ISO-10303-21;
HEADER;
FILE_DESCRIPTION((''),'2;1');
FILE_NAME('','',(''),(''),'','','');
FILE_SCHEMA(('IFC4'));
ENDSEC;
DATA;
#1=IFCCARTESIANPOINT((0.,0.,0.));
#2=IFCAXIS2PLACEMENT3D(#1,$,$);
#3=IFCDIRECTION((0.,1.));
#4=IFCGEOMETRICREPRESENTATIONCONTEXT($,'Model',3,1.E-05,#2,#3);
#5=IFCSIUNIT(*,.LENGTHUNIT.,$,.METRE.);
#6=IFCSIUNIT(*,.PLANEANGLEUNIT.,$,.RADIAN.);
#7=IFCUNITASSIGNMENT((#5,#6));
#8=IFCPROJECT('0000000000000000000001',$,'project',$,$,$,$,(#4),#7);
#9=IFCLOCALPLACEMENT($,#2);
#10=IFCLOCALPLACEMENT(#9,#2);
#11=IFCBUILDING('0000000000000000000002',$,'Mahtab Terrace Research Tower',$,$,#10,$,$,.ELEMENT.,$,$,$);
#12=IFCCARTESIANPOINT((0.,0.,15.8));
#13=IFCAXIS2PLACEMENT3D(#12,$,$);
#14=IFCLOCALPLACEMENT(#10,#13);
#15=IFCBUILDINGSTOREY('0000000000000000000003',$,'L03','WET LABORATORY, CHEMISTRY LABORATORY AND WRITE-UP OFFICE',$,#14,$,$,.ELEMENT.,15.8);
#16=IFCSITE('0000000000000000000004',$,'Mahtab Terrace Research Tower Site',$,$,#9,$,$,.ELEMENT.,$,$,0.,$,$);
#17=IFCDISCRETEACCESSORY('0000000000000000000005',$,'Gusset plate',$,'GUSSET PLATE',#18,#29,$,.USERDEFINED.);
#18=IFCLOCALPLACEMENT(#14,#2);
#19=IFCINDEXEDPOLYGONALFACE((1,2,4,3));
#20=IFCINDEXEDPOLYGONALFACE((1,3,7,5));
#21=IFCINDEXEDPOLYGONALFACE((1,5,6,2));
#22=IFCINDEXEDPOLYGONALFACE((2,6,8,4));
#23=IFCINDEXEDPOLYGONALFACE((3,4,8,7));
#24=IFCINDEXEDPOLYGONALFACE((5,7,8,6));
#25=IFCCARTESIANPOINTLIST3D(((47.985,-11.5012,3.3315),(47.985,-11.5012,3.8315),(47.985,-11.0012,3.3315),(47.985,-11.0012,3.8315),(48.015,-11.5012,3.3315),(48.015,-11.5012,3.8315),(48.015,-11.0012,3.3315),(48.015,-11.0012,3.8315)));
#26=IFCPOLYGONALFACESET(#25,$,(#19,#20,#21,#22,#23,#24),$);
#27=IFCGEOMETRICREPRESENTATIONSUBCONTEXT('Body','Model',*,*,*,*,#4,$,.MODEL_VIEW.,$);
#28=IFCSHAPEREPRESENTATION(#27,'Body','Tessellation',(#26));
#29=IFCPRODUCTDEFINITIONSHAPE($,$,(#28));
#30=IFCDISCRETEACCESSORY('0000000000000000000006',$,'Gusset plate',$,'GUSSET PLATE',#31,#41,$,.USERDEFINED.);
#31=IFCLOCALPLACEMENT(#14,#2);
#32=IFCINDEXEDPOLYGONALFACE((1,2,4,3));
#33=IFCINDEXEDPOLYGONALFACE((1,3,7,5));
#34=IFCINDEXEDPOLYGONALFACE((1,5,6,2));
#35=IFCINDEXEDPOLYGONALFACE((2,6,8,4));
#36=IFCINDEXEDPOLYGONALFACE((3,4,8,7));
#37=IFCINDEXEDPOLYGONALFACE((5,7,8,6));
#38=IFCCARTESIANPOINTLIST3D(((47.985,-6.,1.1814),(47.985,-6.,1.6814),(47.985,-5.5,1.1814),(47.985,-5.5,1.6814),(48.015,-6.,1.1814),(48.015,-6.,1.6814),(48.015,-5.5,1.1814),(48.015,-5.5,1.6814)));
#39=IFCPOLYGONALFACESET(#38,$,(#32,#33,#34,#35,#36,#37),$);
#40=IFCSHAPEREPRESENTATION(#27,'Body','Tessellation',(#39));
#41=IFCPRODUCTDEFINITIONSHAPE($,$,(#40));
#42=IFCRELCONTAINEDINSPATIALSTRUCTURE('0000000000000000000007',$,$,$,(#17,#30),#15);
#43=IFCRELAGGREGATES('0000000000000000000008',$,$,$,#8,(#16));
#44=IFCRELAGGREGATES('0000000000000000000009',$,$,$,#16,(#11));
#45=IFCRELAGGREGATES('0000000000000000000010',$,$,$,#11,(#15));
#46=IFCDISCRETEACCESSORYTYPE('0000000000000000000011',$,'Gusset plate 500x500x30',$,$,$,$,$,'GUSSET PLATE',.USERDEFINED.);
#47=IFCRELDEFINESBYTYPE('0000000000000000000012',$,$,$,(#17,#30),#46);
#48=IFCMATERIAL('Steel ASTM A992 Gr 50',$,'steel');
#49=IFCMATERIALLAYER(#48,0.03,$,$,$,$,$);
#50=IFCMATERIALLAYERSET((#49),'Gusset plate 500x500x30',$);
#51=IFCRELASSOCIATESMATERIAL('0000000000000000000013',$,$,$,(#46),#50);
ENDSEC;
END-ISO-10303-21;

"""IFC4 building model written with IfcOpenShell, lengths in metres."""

from ifc_helpers import new_model, si_unit, direction, frame, origin, origin_2d, place, context, subcontext, project, spatial, rectangle, extrude, material, layer, layer_set, type_object, element, save


model = new_model("IFC4")

# Units and contexts
model_context = context("Model", 3, precision=1e-05, world=origin(), true_north=direction((0.0, 1.0)))
body_context = subcontext(model_context, "Body", "Model", "MODEL_VIEW")
ifc_project = project(units=[si_unit("LENGTHUNIT", "METRE"), si_unit("PLANEANGLEUNIT", "RADIAN")], contexts=[model_context])

# Site, building, storey
site_placement = place(None, origin())
site = spatial("IfcSite", under=ifc_project, at=site_placement, Name="Mahtab Terrace Research Tower Site", CompositionType="ELEMENT", RefElevation=0.0)
building_placement = place(site_placement, origin())
building = spatial("IfcBuilding", under=site, at=building_placement, Name="Mahtab Terrace Research Tower", CompositionType="ELEMENT")
storey_placement = place(building_placement, frame((0.0, 0.0, 15.8)))
storey = spatial("IfcBuildingStorey", under=building, at=storey_placement, Name="L03", Description="WET LABORATORY, CHEMISTRY LABORATORY AND WRITE-UP OFFICE", CompositionType="ELEMENT", Elevation=15.8)

# Shared definitions
ifc_material_1 = material(Name="Steel ASTM A992 Gr 50", Category="steel")

# Discrete accessories
ifc_layer_1 = layer(ifc_material_1, 0.03)
ifc_layer_set_1 = layer_set([ifc_layer_1], Name="Gusset plate 500x500x30")
discrete_accessory_type = type_object("IfcDiscreteAccessoryType", Name="Gusset plate 500x500x30", ElementType="GUSSET PLATE", PredefinedType="USERDEFINED", material=ifc_layer_set_1)
for number, where, z_axis, x_axis, name in (
    (1, (48.0, -11.2512, 3.3315), (0.0, 0.0, 1.0), (0.0, 1.0, 0.0), "Gusset plate"),
    (2, (48.0, -5.75, 1.1814), (0.0, 0.0, 1.0), (0.0, 1.0, 0.0), "Gusset plate"),
):
    element("IfcDiscreteAccessory", number, at=place(storey_placement, frame(where, z_axis=z_axis, x_axis=x_axis)), inside=storey, type_object=discrete_accessory_type, Name=name, ObjectType="GUSSET PLATE", PredefinedType="USERDEFINED", context=body_context, shape_type="SweptSolid", body=[
        extrude(rectangle(XDim=0.5, YDim=0.03, at=origin_2d()), origin(), (0.0, 0.0, 1.0), 0.5),
    ])

save(model, "model.ifc")
